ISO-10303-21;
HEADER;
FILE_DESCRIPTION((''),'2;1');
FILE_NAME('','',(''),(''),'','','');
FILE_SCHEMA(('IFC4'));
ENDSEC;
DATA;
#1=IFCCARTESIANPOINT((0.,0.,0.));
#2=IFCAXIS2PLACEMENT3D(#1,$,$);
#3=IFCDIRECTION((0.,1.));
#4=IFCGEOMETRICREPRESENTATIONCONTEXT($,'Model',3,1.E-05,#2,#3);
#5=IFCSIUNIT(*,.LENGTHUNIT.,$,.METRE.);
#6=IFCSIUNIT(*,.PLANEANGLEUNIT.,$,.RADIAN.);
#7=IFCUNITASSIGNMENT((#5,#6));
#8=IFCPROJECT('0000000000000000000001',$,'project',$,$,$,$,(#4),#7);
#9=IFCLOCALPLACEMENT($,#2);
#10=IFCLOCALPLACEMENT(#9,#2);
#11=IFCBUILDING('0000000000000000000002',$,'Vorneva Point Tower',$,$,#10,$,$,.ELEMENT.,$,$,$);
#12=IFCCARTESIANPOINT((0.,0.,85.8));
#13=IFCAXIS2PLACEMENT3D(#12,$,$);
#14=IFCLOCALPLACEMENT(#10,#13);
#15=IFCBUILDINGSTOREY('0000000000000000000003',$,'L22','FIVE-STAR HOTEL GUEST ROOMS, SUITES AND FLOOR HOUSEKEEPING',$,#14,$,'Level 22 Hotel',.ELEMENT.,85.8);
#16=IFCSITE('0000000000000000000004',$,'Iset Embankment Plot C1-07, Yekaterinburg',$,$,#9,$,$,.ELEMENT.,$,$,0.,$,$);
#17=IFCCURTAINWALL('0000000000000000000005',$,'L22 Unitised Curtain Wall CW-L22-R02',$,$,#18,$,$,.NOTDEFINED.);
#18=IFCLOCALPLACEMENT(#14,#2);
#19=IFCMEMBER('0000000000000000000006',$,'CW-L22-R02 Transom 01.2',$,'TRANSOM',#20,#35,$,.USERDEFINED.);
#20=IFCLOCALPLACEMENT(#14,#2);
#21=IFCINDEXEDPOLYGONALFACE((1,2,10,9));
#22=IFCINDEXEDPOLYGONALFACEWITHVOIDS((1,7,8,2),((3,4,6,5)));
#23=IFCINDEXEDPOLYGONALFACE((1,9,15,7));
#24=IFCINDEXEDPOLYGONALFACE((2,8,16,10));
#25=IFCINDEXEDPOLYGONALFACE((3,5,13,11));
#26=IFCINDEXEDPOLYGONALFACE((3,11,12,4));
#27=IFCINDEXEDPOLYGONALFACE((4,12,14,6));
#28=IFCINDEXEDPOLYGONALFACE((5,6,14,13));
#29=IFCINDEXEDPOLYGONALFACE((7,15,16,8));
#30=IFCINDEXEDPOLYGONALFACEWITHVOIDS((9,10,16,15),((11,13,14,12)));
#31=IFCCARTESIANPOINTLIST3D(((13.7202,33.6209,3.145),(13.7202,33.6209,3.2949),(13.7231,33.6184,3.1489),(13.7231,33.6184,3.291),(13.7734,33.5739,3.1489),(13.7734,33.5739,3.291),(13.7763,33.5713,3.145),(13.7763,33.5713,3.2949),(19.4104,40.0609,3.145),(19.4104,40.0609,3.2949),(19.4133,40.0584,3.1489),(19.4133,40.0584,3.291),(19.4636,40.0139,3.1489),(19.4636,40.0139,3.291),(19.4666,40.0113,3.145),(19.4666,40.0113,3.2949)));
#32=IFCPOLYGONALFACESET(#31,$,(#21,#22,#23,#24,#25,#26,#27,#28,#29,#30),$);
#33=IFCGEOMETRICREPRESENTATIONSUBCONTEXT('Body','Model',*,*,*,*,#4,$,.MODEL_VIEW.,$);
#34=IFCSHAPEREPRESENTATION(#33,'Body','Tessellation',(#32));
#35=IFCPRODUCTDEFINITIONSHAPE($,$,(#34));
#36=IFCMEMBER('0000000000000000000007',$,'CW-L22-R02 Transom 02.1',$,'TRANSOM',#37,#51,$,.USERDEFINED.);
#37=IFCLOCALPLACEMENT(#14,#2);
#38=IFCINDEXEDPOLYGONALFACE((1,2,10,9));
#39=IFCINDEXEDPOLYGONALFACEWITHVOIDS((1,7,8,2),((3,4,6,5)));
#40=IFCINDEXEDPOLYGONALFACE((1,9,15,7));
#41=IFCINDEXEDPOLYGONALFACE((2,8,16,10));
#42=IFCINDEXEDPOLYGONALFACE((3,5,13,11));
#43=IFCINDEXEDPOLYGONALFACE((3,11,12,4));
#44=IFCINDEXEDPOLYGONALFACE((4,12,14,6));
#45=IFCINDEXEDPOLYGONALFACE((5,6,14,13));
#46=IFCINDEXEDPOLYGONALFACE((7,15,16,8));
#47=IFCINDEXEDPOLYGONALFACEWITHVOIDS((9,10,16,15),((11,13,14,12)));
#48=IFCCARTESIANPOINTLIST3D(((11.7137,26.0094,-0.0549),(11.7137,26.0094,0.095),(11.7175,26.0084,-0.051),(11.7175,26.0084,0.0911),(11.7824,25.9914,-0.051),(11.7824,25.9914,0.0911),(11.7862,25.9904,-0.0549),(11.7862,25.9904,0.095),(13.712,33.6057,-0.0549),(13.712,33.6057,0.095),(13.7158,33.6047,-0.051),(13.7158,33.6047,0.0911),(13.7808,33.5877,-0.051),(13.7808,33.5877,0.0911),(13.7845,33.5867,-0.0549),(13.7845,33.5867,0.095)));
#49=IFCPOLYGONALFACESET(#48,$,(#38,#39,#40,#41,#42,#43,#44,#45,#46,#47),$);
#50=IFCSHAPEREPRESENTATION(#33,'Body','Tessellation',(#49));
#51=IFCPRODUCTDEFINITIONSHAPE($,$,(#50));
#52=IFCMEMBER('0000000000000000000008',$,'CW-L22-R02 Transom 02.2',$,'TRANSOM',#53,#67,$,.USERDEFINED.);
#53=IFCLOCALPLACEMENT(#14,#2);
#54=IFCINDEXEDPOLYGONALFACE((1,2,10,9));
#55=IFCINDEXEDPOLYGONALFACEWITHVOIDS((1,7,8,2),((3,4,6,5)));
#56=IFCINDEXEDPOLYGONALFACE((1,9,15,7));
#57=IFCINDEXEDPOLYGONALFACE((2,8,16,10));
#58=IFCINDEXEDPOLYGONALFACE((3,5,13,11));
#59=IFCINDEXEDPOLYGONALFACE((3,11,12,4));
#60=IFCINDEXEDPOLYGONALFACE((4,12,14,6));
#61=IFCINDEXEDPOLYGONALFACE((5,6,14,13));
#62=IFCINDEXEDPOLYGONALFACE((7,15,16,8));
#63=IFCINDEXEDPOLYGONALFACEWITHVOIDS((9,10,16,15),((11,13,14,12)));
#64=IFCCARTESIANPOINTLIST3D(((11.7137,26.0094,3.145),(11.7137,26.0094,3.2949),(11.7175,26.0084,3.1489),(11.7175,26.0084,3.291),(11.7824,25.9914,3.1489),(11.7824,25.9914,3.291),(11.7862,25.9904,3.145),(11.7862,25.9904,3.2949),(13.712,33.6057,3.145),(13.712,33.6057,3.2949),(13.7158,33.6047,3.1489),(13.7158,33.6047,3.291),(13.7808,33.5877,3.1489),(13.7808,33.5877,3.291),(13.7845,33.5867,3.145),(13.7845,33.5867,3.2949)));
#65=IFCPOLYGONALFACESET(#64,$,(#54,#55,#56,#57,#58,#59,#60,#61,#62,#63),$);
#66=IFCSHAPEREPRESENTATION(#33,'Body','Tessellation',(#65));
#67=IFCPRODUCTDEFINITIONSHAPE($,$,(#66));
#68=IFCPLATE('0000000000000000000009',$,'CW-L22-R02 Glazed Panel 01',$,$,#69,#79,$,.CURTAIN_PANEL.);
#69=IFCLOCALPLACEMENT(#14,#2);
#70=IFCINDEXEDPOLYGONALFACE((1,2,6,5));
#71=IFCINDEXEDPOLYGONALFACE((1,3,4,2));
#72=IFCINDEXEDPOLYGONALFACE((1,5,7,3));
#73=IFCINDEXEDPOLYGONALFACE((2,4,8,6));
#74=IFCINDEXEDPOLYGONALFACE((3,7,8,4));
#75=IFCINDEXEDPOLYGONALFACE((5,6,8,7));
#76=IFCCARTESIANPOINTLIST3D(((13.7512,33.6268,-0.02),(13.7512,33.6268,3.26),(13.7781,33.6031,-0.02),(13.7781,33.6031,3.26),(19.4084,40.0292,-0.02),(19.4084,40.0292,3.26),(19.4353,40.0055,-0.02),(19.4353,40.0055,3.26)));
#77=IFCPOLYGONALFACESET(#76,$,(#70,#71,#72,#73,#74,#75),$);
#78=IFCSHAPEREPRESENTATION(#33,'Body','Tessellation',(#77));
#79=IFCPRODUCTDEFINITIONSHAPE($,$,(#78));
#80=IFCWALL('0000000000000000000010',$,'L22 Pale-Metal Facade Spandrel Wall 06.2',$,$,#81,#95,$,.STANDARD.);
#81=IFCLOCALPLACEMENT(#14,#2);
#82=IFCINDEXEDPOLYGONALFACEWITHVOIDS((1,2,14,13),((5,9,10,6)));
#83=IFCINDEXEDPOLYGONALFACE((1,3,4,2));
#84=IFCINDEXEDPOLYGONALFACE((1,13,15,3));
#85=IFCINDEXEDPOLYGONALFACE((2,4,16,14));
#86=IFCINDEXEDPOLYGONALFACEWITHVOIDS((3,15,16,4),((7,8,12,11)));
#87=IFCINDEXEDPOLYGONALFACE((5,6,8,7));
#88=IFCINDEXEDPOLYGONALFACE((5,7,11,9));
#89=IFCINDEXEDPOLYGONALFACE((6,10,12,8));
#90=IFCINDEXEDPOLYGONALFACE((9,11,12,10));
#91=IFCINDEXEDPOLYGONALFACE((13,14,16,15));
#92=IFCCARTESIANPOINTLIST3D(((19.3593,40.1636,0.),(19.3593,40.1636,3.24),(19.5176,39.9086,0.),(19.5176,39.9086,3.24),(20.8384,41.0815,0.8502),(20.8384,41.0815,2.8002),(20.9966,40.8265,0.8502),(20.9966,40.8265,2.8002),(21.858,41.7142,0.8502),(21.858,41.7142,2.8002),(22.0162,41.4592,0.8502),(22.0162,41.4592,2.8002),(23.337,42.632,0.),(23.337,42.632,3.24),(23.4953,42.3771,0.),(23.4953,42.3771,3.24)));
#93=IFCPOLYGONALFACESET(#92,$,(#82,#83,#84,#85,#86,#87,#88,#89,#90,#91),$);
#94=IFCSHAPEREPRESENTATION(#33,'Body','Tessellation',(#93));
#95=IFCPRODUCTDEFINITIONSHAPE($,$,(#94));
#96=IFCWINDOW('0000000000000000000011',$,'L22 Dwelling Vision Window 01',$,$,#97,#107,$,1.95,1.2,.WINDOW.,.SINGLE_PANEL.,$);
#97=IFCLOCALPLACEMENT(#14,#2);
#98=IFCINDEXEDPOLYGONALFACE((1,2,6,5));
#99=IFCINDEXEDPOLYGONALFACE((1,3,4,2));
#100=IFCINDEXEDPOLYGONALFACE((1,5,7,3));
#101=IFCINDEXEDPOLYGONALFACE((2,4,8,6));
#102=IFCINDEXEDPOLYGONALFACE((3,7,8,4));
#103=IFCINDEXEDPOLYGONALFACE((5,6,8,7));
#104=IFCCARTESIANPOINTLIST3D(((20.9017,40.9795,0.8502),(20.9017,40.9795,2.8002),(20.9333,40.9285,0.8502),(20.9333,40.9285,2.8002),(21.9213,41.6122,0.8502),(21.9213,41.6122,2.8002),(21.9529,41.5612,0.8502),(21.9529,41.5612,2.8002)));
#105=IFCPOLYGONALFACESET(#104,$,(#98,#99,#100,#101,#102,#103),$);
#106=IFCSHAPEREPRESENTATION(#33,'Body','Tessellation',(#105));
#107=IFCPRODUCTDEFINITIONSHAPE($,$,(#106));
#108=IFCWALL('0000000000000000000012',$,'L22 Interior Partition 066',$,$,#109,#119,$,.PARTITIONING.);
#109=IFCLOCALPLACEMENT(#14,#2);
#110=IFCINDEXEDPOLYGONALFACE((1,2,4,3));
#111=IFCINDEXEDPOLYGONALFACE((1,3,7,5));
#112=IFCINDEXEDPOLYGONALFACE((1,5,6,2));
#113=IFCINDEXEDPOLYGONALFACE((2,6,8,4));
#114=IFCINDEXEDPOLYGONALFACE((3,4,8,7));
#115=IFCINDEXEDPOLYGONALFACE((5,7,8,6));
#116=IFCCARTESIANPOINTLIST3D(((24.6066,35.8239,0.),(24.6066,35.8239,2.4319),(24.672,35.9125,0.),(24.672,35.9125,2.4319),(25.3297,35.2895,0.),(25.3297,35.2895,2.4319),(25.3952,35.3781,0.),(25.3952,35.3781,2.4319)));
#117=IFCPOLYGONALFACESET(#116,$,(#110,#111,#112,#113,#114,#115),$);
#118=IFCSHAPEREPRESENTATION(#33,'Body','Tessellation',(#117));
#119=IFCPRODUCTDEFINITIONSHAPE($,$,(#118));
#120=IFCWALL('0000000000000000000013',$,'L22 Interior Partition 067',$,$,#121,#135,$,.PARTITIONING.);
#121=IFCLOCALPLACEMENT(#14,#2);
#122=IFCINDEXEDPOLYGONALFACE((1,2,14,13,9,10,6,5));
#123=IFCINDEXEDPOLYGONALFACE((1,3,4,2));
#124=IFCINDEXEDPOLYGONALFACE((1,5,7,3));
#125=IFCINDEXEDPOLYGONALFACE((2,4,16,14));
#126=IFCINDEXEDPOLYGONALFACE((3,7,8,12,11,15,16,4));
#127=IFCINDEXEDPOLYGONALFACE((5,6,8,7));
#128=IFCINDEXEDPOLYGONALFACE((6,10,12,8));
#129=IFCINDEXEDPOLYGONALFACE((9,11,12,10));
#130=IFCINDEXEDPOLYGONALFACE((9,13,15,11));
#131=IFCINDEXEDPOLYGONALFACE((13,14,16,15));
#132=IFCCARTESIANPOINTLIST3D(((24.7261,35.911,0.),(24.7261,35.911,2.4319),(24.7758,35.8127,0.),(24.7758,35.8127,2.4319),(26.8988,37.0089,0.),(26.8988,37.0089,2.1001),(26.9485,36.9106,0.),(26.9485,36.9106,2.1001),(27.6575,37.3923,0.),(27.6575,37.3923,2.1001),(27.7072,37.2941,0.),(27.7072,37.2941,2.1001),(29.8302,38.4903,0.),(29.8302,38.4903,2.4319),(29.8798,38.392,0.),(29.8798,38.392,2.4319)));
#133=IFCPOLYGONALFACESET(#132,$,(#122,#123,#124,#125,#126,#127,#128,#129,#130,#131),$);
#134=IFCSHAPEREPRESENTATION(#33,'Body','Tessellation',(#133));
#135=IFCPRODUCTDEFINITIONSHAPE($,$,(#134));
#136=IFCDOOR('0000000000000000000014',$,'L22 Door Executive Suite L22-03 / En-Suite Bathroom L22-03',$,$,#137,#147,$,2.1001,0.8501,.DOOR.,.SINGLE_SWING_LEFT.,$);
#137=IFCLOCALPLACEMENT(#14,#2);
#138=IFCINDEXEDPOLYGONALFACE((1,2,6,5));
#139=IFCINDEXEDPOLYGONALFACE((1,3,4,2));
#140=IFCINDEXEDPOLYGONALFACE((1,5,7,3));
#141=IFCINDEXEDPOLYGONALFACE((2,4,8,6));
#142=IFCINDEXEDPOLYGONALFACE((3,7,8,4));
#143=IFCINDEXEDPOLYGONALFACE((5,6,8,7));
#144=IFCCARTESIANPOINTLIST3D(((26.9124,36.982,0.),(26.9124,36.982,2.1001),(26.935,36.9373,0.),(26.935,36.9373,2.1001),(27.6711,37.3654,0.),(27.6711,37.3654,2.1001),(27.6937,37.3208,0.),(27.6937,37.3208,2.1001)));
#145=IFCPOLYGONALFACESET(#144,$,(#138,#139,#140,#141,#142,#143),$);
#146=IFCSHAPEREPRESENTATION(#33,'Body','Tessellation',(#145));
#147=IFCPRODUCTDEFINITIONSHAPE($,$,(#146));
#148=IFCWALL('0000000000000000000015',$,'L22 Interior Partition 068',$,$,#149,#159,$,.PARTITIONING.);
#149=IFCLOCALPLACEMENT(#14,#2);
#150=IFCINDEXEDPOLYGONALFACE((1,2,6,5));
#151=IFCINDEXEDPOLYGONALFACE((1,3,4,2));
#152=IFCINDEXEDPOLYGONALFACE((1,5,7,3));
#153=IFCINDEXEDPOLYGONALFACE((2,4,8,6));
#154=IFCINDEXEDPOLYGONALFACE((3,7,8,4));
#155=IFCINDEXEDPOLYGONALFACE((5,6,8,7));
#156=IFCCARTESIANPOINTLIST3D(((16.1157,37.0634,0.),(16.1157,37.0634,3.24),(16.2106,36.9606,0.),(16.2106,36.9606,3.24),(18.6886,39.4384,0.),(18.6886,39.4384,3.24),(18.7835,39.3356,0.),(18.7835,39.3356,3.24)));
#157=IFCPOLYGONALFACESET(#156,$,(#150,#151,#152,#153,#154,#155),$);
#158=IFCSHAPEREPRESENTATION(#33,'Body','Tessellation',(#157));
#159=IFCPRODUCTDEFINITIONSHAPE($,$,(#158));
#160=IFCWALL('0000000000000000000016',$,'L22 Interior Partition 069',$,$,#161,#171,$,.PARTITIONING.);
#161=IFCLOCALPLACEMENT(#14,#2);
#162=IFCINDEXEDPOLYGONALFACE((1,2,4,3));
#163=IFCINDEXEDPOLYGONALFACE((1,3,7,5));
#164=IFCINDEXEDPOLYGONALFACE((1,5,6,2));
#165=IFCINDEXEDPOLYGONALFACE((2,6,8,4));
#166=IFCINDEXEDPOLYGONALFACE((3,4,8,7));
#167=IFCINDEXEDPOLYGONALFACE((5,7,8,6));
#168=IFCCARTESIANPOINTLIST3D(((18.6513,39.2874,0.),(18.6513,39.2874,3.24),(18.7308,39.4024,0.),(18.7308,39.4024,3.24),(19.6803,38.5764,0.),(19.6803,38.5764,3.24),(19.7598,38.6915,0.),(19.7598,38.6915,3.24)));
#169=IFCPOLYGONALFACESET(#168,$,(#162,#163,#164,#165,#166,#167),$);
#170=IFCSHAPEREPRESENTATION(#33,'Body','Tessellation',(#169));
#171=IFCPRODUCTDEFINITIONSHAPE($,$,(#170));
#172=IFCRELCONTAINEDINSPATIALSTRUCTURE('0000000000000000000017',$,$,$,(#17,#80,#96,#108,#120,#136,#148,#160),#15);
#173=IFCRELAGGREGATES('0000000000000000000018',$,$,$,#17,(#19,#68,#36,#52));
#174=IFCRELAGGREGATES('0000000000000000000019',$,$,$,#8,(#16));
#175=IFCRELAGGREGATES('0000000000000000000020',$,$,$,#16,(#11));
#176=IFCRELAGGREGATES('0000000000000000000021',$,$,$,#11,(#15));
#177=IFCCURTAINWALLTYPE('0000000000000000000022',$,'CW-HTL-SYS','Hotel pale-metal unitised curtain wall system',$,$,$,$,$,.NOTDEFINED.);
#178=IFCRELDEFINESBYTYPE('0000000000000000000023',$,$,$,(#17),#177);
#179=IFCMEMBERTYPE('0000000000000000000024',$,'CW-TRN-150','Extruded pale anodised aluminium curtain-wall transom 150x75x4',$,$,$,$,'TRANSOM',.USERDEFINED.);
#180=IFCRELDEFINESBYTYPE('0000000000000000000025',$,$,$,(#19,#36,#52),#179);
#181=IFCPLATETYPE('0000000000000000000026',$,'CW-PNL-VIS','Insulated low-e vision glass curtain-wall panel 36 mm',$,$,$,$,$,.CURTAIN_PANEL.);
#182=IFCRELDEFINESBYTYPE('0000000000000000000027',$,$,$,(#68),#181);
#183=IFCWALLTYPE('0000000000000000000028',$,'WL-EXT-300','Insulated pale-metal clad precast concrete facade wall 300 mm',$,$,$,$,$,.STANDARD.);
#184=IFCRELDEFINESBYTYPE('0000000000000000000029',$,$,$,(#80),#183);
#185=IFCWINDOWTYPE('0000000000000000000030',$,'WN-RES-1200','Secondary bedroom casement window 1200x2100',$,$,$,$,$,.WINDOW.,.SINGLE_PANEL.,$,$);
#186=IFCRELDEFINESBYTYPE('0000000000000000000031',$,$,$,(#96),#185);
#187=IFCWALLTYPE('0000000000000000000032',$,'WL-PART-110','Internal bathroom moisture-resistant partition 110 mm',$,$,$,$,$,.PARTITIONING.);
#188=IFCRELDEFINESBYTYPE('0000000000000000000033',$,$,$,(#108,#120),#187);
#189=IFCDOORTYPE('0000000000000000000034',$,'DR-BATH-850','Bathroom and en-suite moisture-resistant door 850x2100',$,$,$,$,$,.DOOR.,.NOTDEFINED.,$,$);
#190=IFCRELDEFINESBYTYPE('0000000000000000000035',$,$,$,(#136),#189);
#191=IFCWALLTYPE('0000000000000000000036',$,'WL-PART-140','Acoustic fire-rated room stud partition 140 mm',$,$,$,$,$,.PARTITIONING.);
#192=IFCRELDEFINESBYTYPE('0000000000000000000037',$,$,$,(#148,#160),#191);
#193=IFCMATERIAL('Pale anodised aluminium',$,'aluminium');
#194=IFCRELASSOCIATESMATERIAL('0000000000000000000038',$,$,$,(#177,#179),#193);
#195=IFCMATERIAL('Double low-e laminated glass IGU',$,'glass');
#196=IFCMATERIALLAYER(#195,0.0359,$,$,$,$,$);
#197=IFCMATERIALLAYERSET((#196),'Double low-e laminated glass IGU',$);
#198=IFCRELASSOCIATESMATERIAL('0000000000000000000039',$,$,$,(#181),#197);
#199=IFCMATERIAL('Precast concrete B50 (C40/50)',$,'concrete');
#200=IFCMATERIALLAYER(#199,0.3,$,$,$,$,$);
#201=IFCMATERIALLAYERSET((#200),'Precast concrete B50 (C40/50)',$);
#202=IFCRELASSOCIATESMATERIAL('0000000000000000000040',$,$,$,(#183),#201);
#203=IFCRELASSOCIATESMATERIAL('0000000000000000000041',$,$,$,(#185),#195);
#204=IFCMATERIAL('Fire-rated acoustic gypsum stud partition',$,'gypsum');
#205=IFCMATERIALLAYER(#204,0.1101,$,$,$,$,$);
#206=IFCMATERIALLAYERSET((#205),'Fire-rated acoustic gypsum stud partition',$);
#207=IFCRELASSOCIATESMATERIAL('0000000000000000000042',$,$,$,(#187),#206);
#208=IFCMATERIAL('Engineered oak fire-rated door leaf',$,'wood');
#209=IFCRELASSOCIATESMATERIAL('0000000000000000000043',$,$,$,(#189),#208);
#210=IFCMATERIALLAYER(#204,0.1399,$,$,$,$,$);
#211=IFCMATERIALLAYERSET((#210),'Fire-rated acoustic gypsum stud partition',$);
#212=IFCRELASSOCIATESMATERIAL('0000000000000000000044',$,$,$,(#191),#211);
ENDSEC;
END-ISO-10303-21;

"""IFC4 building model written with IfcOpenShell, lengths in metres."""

from ifc_helpers import new_model, si_unit, direction, frame, frame_2d, origin, origin_2d, place, context, subcontext, project, spatial, rectangle, hollow_rectangle, extrude, material, layer, layer_set, material_profile, profile_set, type_object, element, fill, aggregate, save


model = new_model("IFC4")

# Units and contexts
model_context = context("Model", 3, precision=1e-05, world=origin(), true_north=direction((0.0, 1.0)))
body_context = subcontext(model_context, "Body", "Model", "MODEL_VIEW")
ifc_project = project(units=[si_unit("LENGTHUNIT", "METRE"), si_unit("PLANEANGLEUNIT", "RADIAN")], contexts=[model_context])

# Site, building, storey
site_placement = place(None, origin())
site = spatial("IfcSite", under=ifc_project, at=site_placement, Name="Iset Embankment Plot C1-07, Yekaterinburg", CompositionType="ELEMENT", RefElevation=0.0)
building_placement = place(site_placement, origin())
building = spatial("IfcBuilding", under=site, at=building_placement, Name="Vorneva Point Tower", CompositionType="ELEMENT")
storey_placement = place(building_placement, frame((0.0, 0.0, 85.8)))
storey = spatial("IfcBuildingStorey", under=building, at=storey_placement, Name="L22", Description="FIVE-STAR HOTEL GUEST ROOMS, SUITES AND FLOOR HOUSEKEEPING", LongName="Level 22 Hotel", CompositionType="ELEMENT", Elevation=85.8)

# Curtain wall, members, plate
ifc_material_1 = material(Name="Pale anodised aluminium", Category="aluminium")
curtain_wall_type = type_object("IfcCurtainWallType", Name="CW-HTL-SYS", Description="Hotel pale-metal unitised curtain wall system", PredefinedType="NOTDEFINED", material=ifc_material_1)
curtain_wall_placement = place(storey_placement, origin())
curtain_wall = element("IfcCurtainWall", 1, at=curtain_wall_placement, inside=storey, type_object=curtain_wall_type, Name="L22 Unitised Curtain Wall CW-L22-R02", PredefinedType="NOTDEFINED")
ifc_material_profile_1 = material_profile(ifc_material_1, hollow_rectangle(XDim=0.075, YDim=0.1499, WallThickness=0.0039, at=origin_2d()), Name="AL-TRN 150x75x4")
ifc_profile_set_1 = profile_set([ifc_material_profile_1], Name="Pale anodised aluminium")
member_type_1 = type_object("IfcMemberType", Name="CW-TRN-150", Description="Extruded pale anodised aluminium curtain-wall transom 150x75x4", ElementType="TRANSOM", PredefinedType="USERDEFINED", material=ifc_profile_set_1)
member_1_placement = place(storey_placement, frame((19.4385, 40.0361, 3.22), z_axis=(-0.662137, -0.749383, 0.0), x_axis=(0.749383, -0.662137, 0.0)))
member_1 = element("IfcMember", 2, at=member_1_placement, type_object=member_type_1, Name="CW-L22-R02 Transom 01.2", ObjectType="TRANSOM", PredefinedType="USERDEFINED", context=body_context, shape_type="SweptSolid", body=[
    extrude(hollow_rectangle(XDim=0.075, YDim=0.1499, WallThickness=0.0039, at=origin_2d()), origin(), (0.0, 0.0, 1.0), 8.5938),
])
member_2_placement = place(storey_placement, frame((13.7483, 33.5962, 0.02), z_axis=(-0.254409, -0.967097, 0.0), x_axis=(0.967097, -0.254409, 0.0)))
member_2 = element("IfcMember", 3, at=member_2_placement, type_object=member_type_1, Name="CW-L22-R02 Transom 02.1", ObjectType="TRANSOM", PredefinedType="USERDEFINED", context=body_context, shape_type="SweptSolid", body=[
    extrude(hollow_rectangle(XDim=0.075, YDim=0.1499, WallThickness=0.0039, at=origin_2d()), origin(), (0.0, 0.0, 1.0), 7.8547),
])
member_3_placement = place(storey_placement, frame((13.7483, 33.5962, 3.22), z_axis=(-0.254409, -0.967097, 0.0), x_axis=(0.967097, -0.254409, 0.0)))
member_3 = element("IfcMember", 4, at=member_3_placement, type_object=member_type_1, Name="CW-L22-R02 Transom 02.2", ObjectType="TRANSOM", PredefinedType="USERDEFINED", context=body_context, shape_type="SweptSolid", body=[
    extrude(hollow_rectangle(XDim=0.075, YDim=0.1499, WallThickness=0.0039, at=origin_2d()), origin(), (0.0, 0.0, 1.0), 7.8547),
])
ifc_material_2 = material(Name="Double low-e laminated glass IGU", Category="glass")
ifc_layer_1 = layer(ifc_material_2, 0.0359)
ifc_layer_set_1 = layer_set([ifc_layer_1], Name="Double low-e laminated glass IGU")
plate_type = type_object("IfcPlateType", Name="CW-PNL-VIS", Description="Insulated low-e vision glass curtain-wall panel 36 mm", PredefinedType="CURTAIN_PANEL", material=ifc_layer_set_1)
plate_placement = place(storey_placement, frame((16.5933, 36.8162, -0.02), z_axis=(0.0, 0.0, 1.0), x_axis=(-0.662149, -0.749372, 0.0)))
plate = element("IfcPlate", 5, at=plate_placement, type_object=plate_type, Name="CW-L22-R02 Glazed Panel 01", PredefinedType="CURTAIN_PANEL", context=body_context, shape_type="SweptSolid", body=[
    extrude(rectangle(XDim=8.5437, YDim=0.0359, at=origin_2d()), origin(), (0.0, 0.0, 1.0), 3.28),
])
aggregate(curtain_wall, [member_1, plate, member_2, member_3])

# Wall, opening, window
ifc_material_3 = material(Name="Precast concrete B50 (C40/50)", Category="concrete")
ifc_layer_2 = layer(ifc_material_3, 0.3)
ifc_layer_set_2 = layer_set([ifc_layer_2], Name="Precast concrete B50 (C40/50)")
wall_type_1 = type_object("IfcWallType", Name="WL-EXT-300", Description="Insulated pale-metal clad precast concrete facade wall 300 mm", PredefinedType="STANDARD", material=ifc_layer_set_2)
wall_1_placement = place(storey_placement, frame((23.4163, 42.5046, 0.0), z_axis=(0.0, 0.0, 1.0), x_axis=(-0.849684, -0.527291, 0.0)))
wall_1 = element("IfcWall", 6, at=wall_1_placement, inside=storey, type_object=wall_type_1, Name="L22 Pale-Metal Facade Spandrel Wall 06.2", PredefinedType="STANDARD", context=body_context, shape_type="SweptSolid", body=[
    extrude(rectangle(XDim=4.6814, YDim=0.3, at=frame_2d((2.3408, 0.0))), origin(), (0.0, 0.0, 1.0), 3.24),
])
opening_1_placement = place(wall_1_placement, frame((1.7407, 0.0, 0.8501)))
opening_1 = element("IfcOpeningElement", 7, at=opening_1_placement, cuts=wall_1, PredefinedType="OPENING", context=body_context, shape_type="SweptSolid", body=[
    extrude(rectangle(XDim=1.2, YDim=1.95, at=frame_2d((0.6001, 0.9751))), frame((0.0, 0.165, 0.0), z_axis=(0.0, -1.0, 0.0), x_axis=(1.0, 0.0, 0.0)), (0.0, 0.0, 1.0), 0.3298),
])
window_type = type_object("IfcWindowType", Name="WN-RES-1200", Description="Secondary bedroom casement window 1200x2100", PartitioningType="SINGLE_PANEL", PredefinedType="WINDOW", material=ifc_material_2)
window_placement = place(opening_1_placement, origin())
window = element("IfcWindow", 8, at=window_placement, inside=storey, type_object=window_type, Name="L22 Dwelling Vision Window 01", OverallHeight=1.95, OverallWidth=1.2, PartitioningType="SINGLE_PANEL", PredefinedType="WINDOW", context=body_context, shape_type="SweptSolid", body=[
    extrude(rectangle(XDim=1.2, YDim=1.95, at=frame_2d((0.6001, 0.9751))), frame((0.0, 0.03, 0.0), z_axis=(0.0, -1.0, 0.0), x_axis=(1.0, 0.0, 0.0)), (0.0, 0.0, 1.0), 0.0601),
])
fill(opening_1, window)

# Wall
ifc_material_4 = material(Name="Fire-rated acoustic gypsum stud partition", Category="gypsum")
ifc_layer_3 = layer(ifc_material_4, 0.1101)
ifc_layer_set_3 = layer_set([ifc_layer_3], Name="Fire-rated acoustic gypsum stud partition")
wall_type_2 = type_object("IfcWallType", Name="WL-PART-110", Description="Internal bathroom moisture-resistant partition 110 mm", PredefinedType="PARTITIONING", material=ifc_layer_set_3)
wall_2_placement = place(storey_placement, frame((25.3625, 35.3337, 0.0), z_axis=(0.0, 0.0, 1.0), x_axis=(-0.804216, 0.594338, 0.0)))
element("IfcWall", 9, at=wall_2_placement, inside=storey, type_object=wall_type_2, Name="L22 Interior Partition 066", PredefinedType="PARTITIONING", context=body_context, shape_type="SweptSolid", body=[
    extrude(rectangle(XDim=0.8992, YDim=0.1101, at=frame_2d((0.4497, 0.0))), origin(), (0.0, 0.0, 1.0), 2.4319),
])

# Wall, opening, door
wall_3_placement = place(storey_placement, frame((24.751, 35.8618, 0.0), z_axis=(0.0, 0.0, 1.0), x_axis=(0.892506, 0.451035, 0.0)))
wall_3 = element("IfcWall", 10, at=wall_3_placement, inside=storey, type_object=wall_type_2, Name="L22 Interior Partition 067", PredefinedType="PARTITIONING", context=body_context, shape_type="SweptSolid", body=[
    extrude(rectangle(XDim=5.7188, YDim=0.1101, at=frame_2d((2.8594, 0.0))), origin(), (0.0, 0.0, 1.0), 2.4319),
])
opening_2_placement = place(wall_3_placement, frame((2.4343, 0.0, 0.0)))
opening_2 = element("IfcOpeningElement", 11, at=opening_2_placement, cuts=wall_3, PredefinedType="OPENING", context=body_context, shape_type="SweptSolid", body=[
    extrude(rectangle(XDim=0.8501, YDim=2.1001, at=frame_2d((0.425, 1.05))), frame((0.0, 0.0698, 0.0), z_axis=(0.0, -1.0, 0.0), x_axis=(1.0, 0.0, 0.0)), (0.0, 0.0, 1.0), 0.1399),
])
ifc_material_5 = material(Name="Engineered oak fire-rated door leaf", Category="wood")
door_type_1 = type_object("IfcDoorType", Name="DR-BATH-850", Description="Bathroom and en-suite moisture-resistant door 850x2100", OperationType="NOTDEFINED", PredefinedType="DOOR", material=ifc_material_5)
door_1_placement = place(opening_2_placement, origin())
door_1 = element("IfcDoor", 12, at=door_1_placement, inside=storey, type_object=door_type_1, Name="L22 Door Executive Suite L22-03 / En-Suite Bathroom L22-03", OperationType="SINGLE_SWING_LEFT", OverallHeight=2.1001, OverallWidth=0.8501, PredefinedType="DOOR", context=body_context, shape_type="SweptSolid", body=[
    extrude(rectangle(XDim=0.8501, YDim=2.1001, at=frame_2d((0.425, 1.05))), frame((0.0, 0.0249, 0.0), z_axis=(0.0, -1.0, 0.0), x_axis=(1.0, 0.0, 0.0)), (0.0, 0.0, 1.0), 0.05),
])
fill(opening_2, door_1)

# Walls
ifc_layer_4 = layer(ifc_material_4, 0.1399)
ifc_layer_set_4 = layer_set([ifc_layer_4], Name="Fire-rated acoustic gypsum stud partition")
wall_type_3 = type_object("IfcWallType", Name="WL-PART-140", Description="Acoustic fire-rated room stud partition 140 mm", PredefinedType="PARTITIONING", material=ifc_layer_set_4)
wall_4_placement = place(storey_placement, frame((18.7361, 39.387, 0.0), z_axis=(0.0, 0.0, 1.0), x_axis=(-0.734814, -0.678269, 0.0)))
element("IfcWall", 13, at=wall_4_placement, inside=storey, type_object=wall_type_3, Name="L22 Interior Partition 068", PredefinedType="PARTITIONING", context=body_context, shape_type="SweptSolid", body=[
    extrude(rectangle(XDim=3.5015, YDim=0.1399, at=frame_2d((1.7507, 0.0))), origin(), (0.0, 0.0, 1.0), 3.24),
])
wall_5_placement = place(storey_placement, frame((18.6909, 39.345, 0.0), z_axis=(0.0, 0.0, 1.0), x_axis=(0.822747, -0.568408, 0.0)))
element("IfcWall", 14, at=wall_5_placement, inside=storey, type_object=wall_type_3, Name="L22 Interior Partition 069", PredefinedType="PARTITIONING", context=body_context, shape_type="SweptSolid", body=[
    extrude(rectangle(XDim=1.2507, YDim=0.1399, at=frame_2d((0.6255, 0.0))), origin(), (0.0, 0.0, 1.0), 3.24),
])

save(model, "model.ifc")
